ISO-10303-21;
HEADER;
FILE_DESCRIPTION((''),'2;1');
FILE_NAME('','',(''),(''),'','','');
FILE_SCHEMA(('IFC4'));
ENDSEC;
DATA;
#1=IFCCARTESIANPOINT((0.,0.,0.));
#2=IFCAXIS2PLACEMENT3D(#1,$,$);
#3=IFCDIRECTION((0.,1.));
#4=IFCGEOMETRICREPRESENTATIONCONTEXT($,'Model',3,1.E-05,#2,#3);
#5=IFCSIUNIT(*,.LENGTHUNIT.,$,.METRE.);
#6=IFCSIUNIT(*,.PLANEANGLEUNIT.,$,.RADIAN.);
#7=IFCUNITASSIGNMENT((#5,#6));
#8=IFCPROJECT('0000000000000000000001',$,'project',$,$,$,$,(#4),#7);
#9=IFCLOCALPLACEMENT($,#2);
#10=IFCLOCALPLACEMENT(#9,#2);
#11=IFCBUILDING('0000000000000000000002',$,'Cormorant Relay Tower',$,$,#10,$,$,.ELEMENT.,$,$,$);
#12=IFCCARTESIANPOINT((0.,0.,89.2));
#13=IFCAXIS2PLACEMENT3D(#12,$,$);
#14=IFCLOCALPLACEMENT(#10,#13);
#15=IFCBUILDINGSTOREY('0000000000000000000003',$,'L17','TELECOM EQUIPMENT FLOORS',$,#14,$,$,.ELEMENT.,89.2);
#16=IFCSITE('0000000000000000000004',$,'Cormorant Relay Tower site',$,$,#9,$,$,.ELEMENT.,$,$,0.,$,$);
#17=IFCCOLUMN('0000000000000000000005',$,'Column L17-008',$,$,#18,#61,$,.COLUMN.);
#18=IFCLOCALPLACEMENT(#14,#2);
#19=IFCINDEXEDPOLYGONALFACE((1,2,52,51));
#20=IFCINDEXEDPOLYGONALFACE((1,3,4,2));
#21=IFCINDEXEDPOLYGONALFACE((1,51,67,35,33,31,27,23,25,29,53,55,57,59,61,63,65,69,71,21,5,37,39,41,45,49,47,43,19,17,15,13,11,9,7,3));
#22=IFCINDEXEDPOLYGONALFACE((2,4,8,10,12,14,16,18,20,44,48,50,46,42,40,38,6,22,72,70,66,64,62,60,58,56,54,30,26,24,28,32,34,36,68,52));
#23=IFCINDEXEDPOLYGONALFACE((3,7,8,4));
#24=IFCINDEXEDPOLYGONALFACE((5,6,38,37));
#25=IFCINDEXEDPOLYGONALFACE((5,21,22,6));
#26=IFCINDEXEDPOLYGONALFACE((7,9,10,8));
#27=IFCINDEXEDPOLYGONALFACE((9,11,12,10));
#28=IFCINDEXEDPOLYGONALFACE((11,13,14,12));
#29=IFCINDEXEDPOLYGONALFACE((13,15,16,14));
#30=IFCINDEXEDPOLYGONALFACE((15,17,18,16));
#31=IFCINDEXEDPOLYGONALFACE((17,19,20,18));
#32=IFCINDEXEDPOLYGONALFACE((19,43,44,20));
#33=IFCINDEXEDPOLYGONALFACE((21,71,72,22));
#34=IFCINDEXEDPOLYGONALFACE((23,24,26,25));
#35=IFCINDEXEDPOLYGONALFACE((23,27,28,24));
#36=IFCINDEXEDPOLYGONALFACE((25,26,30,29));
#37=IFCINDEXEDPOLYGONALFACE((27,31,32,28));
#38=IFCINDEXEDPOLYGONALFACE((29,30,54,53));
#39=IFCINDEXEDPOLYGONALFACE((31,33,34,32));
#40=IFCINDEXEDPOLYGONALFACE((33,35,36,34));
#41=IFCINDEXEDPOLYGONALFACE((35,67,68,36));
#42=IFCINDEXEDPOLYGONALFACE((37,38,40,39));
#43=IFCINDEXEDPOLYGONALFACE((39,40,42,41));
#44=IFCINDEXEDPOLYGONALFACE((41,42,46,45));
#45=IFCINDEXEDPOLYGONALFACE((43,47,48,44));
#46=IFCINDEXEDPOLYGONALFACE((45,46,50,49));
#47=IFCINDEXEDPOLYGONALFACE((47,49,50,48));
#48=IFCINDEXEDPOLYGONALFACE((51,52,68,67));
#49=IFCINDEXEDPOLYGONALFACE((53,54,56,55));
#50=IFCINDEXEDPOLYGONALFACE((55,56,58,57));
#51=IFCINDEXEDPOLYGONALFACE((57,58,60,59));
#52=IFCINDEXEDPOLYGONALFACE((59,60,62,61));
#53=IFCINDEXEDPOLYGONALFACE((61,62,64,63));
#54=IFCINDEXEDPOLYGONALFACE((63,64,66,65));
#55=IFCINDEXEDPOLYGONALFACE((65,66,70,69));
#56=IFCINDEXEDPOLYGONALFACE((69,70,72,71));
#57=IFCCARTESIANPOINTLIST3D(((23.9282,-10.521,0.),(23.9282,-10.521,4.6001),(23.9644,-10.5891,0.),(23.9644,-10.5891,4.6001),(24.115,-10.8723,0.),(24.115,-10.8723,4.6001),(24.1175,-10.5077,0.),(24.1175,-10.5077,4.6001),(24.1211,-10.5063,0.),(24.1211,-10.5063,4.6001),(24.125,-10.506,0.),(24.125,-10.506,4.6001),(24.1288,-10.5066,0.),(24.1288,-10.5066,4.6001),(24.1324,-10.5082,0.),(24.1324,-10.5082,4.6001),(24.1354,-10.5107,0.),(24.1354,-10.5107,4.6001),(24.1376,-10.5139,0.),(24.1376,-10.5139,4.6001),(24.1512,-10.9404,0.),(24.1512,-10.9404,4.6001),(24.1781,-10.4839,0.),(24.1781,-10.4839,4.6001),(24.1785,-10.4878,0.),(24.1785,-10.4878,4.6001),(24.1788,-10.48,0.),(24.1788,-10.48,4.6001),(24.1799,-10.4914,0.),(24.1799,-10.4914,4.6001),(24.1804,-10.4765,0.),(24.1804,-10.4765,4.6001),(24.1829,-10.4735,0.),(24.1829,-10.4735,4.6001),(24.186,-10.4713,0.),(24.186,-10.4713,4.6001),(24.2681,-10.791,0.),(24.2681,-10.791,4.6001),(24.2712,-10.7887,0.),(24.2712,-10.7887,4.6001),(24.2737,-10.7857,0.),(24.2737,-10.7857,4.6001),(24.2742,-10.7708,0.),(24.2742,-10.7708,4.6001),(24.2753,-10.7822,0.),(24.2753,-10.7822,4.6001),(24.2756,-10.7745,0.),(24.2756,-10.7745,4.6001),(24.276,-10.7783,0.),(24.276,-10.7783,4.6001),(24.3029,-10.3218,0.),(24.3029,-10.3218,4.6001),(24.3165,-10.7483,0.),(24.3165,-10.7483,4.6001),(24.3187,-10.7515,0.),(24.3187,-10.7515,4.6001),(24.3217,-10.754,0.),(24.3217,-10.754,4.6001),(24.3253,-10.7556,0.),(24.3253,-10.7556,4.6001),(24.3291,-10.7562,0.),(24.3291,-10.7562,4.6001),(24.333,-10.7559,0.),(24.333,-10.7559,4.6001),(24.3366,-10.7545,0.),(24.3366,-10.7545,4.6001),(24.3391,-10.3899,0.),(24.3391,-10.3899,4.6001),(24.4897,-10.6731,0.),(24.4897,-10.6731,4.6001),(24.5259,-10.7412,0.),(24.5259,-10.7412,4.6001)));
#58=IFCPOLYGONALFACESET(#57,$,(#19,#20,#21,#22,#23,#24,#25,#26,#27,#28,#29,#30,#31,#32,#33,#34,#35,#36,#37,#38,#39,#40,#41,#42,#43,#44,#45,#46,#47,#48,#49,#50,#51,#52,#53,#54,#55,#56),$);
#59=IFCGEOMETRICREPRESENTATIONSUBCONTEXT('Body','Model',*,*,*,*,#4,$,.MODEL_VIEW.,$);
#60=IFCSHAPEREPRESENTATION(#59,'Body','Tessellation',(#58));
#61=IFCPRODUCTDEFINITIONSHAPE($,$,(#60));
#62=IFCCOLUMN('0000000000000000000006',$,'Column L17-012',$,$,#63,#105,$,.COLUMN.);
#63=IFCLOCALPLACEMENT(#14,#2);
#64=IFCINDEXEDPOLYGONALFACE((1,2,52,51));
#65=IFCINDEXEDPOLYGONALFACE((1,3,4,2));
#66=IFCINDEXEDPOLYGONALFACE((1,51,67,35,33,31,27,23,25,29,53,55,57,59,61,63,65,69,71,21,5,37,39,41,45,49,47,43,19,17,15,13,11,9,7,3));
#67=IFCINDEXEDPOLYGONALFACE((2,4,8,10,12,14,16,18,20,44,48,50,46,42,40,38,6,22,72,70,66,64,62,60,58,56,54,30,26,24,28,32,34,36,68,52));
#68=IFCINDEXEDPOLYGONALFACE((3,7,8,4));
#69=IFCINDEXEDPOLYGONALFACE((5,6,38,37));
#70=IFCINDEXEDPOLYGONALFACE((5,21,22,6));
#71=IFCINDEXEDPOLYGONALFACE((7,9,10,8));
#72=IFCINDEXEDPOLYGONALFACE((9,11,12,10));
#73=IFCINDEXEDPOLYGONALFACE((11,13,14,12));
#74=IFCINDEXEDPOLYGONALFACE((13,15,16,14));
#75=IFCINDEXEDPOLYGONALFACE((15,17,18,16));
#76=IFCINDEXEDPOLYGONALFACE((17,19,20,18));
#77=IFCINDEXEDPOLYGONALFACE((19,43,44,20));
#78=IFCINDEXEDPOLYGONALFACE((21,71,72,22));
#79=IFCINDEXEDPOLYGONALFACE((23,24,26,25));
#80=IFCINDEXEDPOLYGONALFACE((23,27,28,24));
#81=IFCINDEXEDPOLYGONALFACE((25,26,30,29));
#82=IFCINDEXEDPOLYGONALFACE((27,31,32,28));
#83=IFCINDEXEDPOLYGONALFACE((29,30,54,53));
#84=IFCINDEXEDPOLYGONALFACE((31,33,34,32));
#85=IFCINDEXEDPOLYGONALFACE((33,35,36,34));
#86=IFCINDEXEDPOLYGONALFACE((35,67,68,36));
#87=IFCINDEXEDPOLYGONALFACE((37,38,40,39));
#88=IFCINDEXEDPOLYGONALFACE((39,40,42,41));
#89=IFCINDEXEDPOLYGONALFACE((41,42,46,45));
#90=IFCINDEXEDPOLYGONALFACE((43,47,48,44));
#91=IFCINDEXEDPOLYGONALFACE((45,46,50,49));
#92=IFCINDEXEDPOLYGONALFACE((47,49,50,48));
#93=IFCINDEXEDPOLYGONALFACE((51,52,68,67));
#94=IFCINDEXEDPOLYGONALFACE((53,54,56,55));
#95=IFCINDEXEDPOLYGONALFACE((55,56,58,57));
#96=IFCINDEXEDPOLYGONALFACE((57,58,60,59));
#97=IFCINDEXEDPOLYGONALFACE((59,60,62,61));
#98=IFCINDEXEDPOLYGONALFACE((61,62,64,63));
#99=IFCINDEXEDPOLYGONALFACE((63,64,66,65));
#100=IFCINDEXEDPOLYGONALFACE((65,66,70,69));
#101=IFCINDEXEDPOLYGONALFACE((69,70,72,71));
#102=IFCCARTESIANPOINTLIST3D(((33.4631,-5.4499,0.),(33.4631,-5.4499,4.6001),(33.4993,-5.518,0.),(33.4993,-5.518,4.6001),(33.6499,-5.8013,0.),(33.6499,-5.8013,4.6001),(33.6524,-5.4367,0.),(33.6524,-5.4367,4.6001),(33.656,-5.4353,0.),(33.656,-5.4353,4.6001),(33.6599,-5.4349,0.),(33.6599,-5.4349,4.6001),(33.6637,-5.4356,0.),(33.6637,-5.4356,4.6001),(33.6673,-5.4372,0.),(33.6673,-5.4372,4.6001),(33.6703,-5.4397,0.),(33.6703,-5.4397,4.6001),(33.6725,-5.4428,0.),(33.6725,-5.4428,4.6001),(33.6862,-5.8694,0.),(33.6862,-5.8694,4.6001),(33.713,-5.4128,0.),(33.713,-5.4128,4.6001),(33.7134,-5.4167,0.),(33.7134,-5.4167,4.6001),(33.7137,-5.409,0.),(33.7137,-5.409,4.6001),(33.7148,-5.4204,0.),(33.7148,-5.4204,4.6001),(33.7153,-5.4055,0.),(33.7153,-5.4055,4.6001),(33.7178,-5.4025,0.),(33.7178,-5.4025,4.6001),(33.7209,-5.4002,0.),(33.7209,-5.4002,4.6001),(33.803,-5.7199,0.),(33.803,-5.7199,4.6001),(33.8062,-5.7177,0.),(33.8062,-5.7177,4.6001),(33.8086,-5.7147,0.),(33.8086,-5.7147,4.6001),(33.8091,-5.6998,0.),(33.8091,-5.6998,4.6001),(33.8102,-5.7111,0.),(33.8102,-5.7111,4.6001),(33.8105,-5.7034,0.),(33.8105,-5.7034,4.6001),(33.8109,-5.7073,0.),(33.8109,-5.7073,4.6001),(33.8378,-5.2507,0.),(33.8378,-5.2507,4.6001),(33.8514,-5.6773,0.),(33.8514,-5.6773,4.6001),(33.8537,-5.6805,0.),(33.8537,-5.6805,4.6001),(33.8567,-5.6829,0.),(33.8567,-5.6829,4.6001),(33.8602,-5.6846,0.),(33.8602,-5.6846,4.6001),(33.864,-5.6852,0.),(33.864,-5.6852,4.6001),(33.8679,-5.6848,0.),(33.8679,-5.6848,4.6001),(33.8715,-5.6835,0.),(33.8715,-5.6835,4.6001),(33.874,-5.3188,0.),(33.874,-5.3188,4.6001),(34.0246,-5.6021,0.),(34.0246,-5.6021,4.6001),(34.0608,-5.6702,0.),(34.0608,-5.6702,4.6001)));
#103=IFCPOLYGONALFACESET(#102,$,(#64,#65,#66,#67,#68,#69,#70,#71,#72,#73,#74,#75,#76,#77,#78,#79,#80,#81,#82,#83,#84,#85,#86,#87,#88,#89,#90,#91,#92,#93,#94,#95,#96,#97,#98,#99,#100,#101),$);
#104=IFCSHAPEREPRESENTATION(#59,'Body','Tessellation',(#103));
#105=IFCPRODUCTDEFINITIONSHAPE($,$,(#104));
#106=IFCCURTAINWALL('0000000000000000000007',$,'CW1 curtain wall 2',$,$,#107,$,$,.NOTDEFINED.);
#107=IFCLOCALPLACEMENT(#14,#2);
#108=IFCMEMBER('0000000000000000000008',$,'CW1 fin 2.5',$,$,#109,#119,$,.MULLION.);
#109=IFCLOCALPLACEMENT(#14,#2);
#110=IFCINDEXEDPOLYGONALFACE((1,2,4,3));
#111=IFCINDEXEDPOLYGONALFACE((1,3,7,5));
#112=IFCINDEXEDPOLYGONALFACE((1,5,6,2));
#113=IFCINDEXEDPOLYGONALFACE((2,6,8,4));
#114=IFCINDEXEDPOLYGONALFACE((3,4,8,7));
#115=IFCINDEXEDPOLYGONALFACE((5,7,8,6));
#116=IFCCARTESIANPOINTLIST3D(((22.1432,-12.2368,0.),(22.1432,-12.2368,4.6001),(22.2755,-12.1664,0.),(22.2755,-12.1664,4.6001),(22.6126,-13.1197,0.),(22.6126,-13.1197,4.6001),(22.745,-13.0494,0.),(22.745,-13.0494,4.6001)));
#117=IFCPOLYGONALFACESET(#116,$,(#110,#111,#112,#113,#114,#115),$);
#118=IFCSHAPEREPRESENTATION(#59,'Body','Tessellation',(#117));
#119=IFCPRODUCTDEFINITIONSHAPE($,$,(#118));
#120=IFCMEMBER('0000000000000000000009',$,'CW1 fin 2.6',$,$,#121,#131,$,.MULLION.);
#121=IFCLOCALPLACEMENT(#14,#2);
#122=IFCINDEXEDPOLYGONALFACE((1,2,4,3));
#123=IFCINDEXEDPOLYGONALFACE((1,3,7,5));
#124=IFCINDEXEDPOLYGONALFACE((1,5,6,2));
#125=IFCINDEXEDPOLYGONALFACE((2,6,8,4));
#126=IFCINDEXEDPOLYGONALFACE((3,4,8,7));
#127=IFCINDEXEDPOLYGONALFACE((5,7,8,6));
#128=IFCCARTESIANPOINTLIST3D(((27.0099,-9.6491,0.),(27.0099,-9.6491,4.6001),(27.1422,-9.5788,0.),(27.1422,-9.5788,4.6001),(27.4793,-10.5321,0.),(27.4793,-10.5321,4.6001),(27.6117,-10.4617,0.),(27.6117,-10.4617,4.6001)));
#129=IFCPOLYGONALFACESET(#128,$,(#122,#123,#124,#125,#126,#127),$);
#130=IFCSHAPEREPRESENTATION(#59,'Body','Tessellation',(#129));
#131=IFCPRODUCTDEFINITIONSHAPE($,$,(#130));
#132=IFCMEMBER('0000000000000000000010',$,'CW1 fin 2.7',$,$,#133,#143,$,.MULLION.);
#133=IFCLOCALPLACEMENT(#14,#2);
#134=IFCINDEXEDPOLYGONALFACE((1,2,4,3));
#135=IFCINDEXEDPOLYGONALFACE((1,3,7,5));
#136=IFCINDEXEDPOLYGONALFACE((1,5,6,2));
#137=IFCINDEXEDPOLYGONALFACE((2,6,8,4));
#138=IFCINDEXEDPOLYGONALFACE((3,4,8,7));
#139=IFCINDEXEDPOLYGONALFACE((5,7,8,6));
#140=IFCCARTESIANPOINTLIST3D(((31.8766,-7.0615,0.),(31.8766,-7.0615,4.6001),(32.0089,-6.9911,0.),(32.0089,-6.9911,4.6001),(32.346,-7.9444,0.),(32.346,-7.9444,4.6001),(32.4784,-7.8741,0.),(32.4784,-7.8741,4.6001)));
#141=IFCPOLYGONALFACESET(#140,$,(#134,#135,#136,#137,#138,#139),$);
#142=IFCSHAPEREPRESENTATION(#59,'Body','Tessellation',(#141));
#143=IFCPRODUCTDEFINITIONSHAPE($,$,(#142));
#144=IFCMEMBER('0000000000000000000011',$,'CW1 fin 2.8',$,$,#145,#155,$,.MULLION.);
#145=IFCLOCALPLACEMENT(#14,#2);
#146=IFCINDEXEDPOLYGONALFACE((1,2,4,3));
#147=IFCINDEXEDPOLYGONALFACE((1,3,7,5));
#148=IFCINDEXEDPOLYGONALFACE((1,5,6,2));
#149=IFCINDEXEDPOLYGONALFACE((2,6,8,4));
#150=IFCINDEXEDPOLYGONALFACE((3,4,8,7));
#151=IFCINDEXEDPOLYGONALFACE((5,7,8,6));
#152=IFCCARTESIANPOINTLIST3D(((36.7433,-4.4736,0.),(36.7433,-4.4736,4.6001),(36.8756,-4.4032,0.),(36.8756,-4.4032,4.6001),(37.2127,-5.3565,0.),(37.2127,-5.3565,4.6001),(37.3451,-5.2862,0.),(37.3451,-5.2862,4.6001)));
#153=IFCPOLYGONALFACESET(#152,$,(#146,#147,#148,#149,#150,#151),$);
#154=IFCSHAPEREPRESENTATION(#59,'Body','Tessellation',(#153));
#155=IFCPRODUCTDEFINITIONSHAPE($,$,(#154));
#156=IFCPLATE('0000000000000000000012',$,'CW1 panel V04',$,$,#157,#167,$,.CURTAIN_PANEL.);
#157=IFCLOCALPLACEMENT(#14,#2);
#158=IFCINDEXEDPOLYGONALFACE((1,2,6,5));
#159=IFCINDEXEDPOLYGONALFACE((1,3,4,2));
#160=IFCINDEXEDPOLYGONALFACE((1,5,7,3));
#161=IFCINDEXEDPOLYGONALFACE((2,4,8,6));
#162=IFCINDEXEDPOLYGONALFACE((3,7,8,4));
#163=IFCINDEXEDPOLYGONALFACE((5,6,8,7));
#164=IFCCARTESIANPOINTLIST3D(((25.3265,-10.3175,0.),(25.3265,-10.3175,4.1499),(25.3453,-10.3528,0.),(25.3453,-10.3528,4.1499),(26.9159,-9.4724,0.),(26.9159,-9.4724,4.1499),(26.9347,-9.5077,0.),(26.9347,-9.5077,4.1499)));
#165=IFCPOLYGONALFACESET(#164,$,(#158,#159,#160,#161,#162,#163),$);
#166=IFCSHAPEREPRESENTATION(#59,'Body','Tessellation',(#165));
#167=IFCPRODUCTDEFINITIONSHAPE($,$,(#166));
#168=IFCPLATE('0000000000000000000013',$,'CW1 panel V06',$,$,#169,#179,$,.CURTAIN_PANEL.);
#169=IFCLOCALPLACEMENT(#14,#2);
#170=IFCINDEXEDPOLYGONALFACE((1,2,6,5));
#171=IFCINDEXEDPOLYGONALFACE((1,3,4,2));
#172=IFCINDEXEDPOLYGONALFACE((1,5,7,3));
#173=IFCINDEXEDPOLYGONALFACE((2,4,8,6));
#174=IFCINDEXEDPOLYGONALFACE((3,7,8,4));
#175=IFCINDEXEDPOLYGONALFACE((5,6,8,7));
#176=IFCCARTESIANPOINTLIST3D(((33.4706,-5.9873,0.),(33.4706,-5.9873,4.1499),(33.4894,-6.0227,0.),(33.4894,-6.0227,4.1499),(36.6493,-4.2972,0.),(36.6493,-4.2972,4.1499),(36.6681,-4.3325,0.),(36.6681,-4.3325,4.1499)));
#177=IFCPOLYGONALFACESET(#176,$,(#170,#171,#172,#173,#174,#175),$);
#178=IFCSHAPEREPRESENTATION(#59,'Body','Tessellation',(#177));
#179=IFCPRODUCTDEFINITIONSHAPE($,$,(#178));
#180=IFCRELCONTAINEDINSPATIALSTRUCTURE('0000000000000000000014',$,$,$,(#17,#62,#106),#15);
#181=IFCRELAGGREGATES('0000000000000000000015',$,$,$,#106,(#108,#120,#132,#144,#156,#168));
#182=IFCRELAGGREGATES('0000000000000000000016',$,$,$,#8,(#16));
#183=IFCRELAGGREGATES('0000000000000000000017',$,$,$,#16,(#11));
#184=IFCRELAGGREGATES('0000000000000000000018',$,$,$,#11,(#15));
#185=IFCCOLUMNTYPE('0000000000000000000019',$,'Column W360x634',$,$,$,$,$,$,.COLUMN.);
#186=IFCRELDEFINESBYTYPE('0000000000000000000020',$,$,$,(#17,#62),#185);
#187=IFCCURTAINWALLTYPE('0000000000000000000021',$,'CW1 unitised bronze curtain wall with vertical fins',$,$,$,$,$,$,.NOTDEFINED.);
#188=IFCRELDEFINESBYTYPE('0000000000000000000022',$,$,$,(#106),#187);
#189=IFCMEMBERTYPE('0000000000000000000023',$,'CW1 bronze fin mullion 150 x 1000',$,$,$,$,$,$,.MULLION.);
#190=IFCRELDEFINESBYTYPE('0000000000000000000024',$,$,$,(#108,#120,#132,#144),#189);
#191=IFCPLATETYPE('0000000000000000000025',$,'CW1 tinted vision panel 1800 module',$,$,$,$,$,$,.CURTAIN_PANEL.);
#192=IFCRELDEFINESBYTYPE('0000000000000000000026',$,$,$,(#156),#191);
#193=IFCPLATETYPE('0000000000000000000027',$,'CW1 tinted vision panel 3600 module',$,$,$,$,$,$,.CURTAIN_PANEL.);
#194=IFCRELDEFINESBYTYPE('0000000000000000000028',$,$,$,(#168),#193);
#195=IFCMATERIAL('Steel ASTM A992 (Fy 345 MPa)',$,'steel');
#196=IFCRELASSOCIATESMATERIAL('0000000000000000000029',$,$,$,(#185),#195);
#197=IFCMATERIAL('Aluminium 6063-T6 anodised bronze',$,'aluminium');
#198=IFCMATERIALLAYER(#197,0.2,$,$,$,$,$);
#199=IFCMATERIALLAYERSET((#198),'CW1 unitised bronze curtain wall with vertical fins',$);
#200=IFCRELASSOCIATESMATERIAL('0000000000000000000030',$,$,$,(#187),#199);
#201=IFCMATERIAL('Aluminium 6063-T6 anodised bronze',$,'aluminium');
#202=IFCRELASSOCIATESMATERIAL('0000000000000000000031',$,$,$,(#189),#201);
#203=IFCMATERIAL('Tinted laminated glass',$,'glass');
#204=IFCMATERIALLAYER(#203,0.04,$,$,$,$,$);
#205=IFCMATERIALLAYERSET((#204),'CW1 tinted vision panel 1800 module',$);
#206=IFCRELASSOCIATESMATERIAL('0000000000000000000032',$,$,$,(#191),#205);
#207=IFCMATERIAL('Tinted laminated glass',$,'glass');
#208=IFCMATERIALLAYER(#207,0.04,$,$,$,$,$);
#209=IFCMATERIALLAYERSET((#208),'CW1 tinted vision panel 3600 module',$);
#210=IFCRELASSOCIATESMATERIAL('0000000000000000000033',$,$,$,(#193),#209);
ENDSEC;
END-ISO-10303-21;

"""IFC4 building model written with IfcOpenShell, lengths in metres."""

from ifc_helpers import new_model, si_unit, direction, frame, origin, origin_2d, place, context, subcontext, project, spatial, rectangle, i_section, extrude, material, layer, layer_set, material_profile, profile_set, type_object, element, aggregate, save


model = new_model("IFC4")

# Units and contexts
model_context = context("Model", 3, precision=1e-05, world=origin(), true_north=direction((0.0, 1.0)))
body_context = subcontext(model_context, "Body", "Model", "MODEL_VIEW")
ifc_project = project(units=[si_unit("LENGTHUNIT", "METRE"), si_unit("PLANEANGLEUNIT", "RADIAN")], contexts=[model_context])

# Site, building, storey
site_placement = place(None, origin())
site = spatial("IfcSite", under=ifc_project, at=site_placement, Name="Cormorant Relay Tower site", CompositionType="ELEMENT", RefElevation=0.0)
building_placement = place(site_placement, origin())
building = spatial("IfcBuilding", under=site, at=building_placement, Name="Cormorant Relay Tower", CompositionType="ELEMENT")
storey_placement = place(building_placement, frame((0.0, 0.0, 89.2)))
storey = spatial("IfcBuildingStorey", under=building, at=storey_placement, Name="L17", Description="TELECOM EQUIPMENT FLOORS", CompositionType="ELEMENT", Elevation=89.2)

# Columns
ifc_material_1 = material(Name="Steel ASTM A992 (Fy 345 MPa)", Category="steel")
ifc_material_profile_1 = material_profile(ifc_material_1, i_section(OverallWidth=0.4243, OverallDepth=0.4751, WebThickness=0.0479, FlangeThickness=0.0771, FilletRadius=0.0149, at=origin_2d()), Name="W360x634")
ifc_profile_set_1 = profile_set([ifc_material_profile_1], Name="Steel ASTM A992 (Fy 345 MPa)")
column_type = type_object("IfcColumnType", Name="Column W360x634", PredefinedType="COLUMN", material=ifc_profile_set_1)
for number, where, z_axis, x_axis, name in (
    (1, (24.2271, -10.6311, 0.0), (0.0, 0.0, 1.0), (0.882948, 0.469472, 0.0), "Column L17-008"),
    (2, (33.762, -5.5601, 0.0), (0.0, 0.0, 1.0), (0.882948, 0.469472, 0.0), "Column L17-012"),
):
    element("IfcColumn", number, at=place(storey_placement, frame(where, z_axis=z_axis, x_axis=x_axis)), inside=storey, type_object=column_type, Name=name, PredefinedType="COLUMN", context=body_context, shape_type="SweptSolid", body=[
        extrude(i_section(OverallWidth=0.4243, OverallDepth=0.4751, WebThickness=0.0479, FlangeThickness=0.0771, FilletRadius=0.0149, at=origin_2d()), origin(), (0.0, 0.0, 1.0), 4.6001),
    ])

# Curtain wall, members, plates
ifc_material_2 = material(Name="Aluminium 6063-T6 anodised bronze", Category="aluminium")
ifc_layer_1 = layer(ifc_material_2, 0.2)
ifc_layer_set_1 = layer_set([ifc_layer_1], Name="CW1 unitised bronze curtain wall with vertical fins")
curtain_wall_type = type_object("IfcCurtainWallType", Name="CW1 unitised bronze curtain wall with vertical fins", PredefinedType="NOTDEFINED", material=ifc_layer_set_1)
curtain_wall_placement = place(storey_placement, origin())
curtain_wall = element("IfcCurtainWall", 3, at=curtain_wall_placement, inside=storey, type_object=curtain_wall_type, Name="CW1 curtain wall 2", PredefinedType="NOTDEFINED")
ifc_material_3 = material(Name="Aluminium 6063-T6 anodised bronze", Category="aluminium")
ifc_material_profile_2 = material_profile(ifc_material_3, rectangle(XDim=0.1499, YDim=1.0, at=origin_2d()), Name="AL 150x1000")
ifc_profile_set_2 = profile_set([ifc_material_profile_2], Name="Aluminium 6063-T6 anodised bronze")
member_type = type_object("IfcMemberType", Name="CW1 bronze fin mullion 150 x 1000", PredefinedType="MULLION", material=ifc_profile_set_2)
member_1_placement = place(storey_placement, frame((22.4441, -12.6431, 0.0), z_axis=(0.0, 0.0, 1.0), x_axis=(0.882948, 0.469472, 0.0)))
member_1 = element("IfcMember", 4, at=member_1_placement, type_object=member_type, Name="CW1 fin 2.5", PredefinedType="MULLION", context=body_context, shape_type="SweptSolid", body=[
    extrude(rectangle(XDim=0.1499, YDim=1.0, at=origin_2d()), origin(), (0.0, 0.0, 1.0), 4.6001),
])
member_2_placement = place(storey_placement, frame((27.3108, -10.0554, 0.0), z_axis=(0.0, 0.0, 1.0), x_axis=(0.882948, 0.469472, 0.0)))
member_2 = element("IfcMember", 5, at=member_2_placement, type_object=member_type, Name="CW1 fin 2.6", PredefinedType="MULLION", context=body_context, shape_type="SweptSolid", body=[
    extrude(rectangle(XDim=0.1499, YDim=1.0, at=origin_2d()), origin(), (0.0, 0.0, 1.0), 4.6001),
])
member_3_placement = place(storey_placement, frame((32.1775, -7.4678, 0.0), z_axis=(0.0, 0.0, 1.0), x_axis=(0.882948, 0.469472, 0.0)))
member_3 = element("IfcMember", 6, at=member_3_placement, type_object=member_type, Name="CW1 fin 2.7", PredefinedType="MULLION", context=body_context, shape_type="SweptSolid", body=[
    extrude(rectangle(XDim=0.1499, YDim=1.0, at=origin_2d()), origin(), (0.0, 0.0, 1.0), 4.6001),
])
member_4_placement = place(storey_placement, frame((37.0442, -4.8799, 0.0), z_axis=(0.0, 0.0, 1.0), x_axis=(0.882948, 0.469472, 0.0)))
member_4 = element("IfcMember", 7, at=member_4_placement, type_object=member_type, Name="CW1 fin 2.8", PredefinedType="MULLION", context=body_context, shape_type="SweptSolid", body=[
    extrude(rectangle(XDim=0.1499, YDim=1.0, at=origin_2d()), origin(), (0.0, 0.0, 1.0), 4.6001),
])
ifc_material_4 = material(Name="Tinted laminated glass", Category="glass")
ifc_layer_2 = layer(ifc_material_4, 0.04)
ifc_layer_set_2 = layer_set([ifc_layer_2], Name="CW1 tinted vision panel 1800 module")
plate_type_1 = type_object("IfcPlateType", Name="CW1 tinted vision panel 1800 module", PredefinedType="CURTAIN_PANEL", material=ifc_layer_set_2)
plate_1_placement = place(storey_placement, frame((26.1306, -9.9126, 0.0), z_axis=(0.0, 0.0, 1.0), x_axis=(0.882948, 0.469472, 0.0)))
plate_1 = element("IfcPlate", 8, at=plate_1_placement, type_object=plate_type_1, Name="CW1 panel V04", PredefinedType="CURTAIN_PANEL", context=body_context, shape_type="SweptSolid", body=[
    extrude(rectangle(XDim=1.8, YDim=0.04, at=origin_2d()), origin(), (0.0, 0.0, 1.0), 4.1499),
])
ifc_material_5 = material(Name="Tinted laminated glass", Category="glass")
ifc_layer_3 = layer(ifc_material_5, 0.04)
ifc_layer_set_3 = layer_set([ifc_layer_3], Name="CW1 tinted vision panel 3600 module")
plate_type_2 = type_object("IfcPlateType", Name="CW1 tinted vision panel 3600 module", PredefinedType="CURTAIN_PANEL", material=ifc_layer_set_3)
plate_2_placement = place(storey_placement, frame((35.0693, -5.1599, 0.0), z_axis=(0.0, 0.0, 1.0), x_axis=(0.882948, 0.469472, 0.0)))
plate_2 = element("IfcPlate", 9, at=plate_2_placement, type_object=plate_type_2, Name="CW1 panel V06", PredefinedType="CURTAIN_PANEL", context=body_context, shape_type="SweptSolid", body=[
    extrude(rectangle(XDim=3.6001, YDim=0.04, at=origin_2d()), origin(), (0.0, 0.0, 1.0), 4.1499),
])

aggregate(curtain_wall, [member_1, member_2, member_3, member_4, plate_1, plate_2])

save(model, "model.ifc")
